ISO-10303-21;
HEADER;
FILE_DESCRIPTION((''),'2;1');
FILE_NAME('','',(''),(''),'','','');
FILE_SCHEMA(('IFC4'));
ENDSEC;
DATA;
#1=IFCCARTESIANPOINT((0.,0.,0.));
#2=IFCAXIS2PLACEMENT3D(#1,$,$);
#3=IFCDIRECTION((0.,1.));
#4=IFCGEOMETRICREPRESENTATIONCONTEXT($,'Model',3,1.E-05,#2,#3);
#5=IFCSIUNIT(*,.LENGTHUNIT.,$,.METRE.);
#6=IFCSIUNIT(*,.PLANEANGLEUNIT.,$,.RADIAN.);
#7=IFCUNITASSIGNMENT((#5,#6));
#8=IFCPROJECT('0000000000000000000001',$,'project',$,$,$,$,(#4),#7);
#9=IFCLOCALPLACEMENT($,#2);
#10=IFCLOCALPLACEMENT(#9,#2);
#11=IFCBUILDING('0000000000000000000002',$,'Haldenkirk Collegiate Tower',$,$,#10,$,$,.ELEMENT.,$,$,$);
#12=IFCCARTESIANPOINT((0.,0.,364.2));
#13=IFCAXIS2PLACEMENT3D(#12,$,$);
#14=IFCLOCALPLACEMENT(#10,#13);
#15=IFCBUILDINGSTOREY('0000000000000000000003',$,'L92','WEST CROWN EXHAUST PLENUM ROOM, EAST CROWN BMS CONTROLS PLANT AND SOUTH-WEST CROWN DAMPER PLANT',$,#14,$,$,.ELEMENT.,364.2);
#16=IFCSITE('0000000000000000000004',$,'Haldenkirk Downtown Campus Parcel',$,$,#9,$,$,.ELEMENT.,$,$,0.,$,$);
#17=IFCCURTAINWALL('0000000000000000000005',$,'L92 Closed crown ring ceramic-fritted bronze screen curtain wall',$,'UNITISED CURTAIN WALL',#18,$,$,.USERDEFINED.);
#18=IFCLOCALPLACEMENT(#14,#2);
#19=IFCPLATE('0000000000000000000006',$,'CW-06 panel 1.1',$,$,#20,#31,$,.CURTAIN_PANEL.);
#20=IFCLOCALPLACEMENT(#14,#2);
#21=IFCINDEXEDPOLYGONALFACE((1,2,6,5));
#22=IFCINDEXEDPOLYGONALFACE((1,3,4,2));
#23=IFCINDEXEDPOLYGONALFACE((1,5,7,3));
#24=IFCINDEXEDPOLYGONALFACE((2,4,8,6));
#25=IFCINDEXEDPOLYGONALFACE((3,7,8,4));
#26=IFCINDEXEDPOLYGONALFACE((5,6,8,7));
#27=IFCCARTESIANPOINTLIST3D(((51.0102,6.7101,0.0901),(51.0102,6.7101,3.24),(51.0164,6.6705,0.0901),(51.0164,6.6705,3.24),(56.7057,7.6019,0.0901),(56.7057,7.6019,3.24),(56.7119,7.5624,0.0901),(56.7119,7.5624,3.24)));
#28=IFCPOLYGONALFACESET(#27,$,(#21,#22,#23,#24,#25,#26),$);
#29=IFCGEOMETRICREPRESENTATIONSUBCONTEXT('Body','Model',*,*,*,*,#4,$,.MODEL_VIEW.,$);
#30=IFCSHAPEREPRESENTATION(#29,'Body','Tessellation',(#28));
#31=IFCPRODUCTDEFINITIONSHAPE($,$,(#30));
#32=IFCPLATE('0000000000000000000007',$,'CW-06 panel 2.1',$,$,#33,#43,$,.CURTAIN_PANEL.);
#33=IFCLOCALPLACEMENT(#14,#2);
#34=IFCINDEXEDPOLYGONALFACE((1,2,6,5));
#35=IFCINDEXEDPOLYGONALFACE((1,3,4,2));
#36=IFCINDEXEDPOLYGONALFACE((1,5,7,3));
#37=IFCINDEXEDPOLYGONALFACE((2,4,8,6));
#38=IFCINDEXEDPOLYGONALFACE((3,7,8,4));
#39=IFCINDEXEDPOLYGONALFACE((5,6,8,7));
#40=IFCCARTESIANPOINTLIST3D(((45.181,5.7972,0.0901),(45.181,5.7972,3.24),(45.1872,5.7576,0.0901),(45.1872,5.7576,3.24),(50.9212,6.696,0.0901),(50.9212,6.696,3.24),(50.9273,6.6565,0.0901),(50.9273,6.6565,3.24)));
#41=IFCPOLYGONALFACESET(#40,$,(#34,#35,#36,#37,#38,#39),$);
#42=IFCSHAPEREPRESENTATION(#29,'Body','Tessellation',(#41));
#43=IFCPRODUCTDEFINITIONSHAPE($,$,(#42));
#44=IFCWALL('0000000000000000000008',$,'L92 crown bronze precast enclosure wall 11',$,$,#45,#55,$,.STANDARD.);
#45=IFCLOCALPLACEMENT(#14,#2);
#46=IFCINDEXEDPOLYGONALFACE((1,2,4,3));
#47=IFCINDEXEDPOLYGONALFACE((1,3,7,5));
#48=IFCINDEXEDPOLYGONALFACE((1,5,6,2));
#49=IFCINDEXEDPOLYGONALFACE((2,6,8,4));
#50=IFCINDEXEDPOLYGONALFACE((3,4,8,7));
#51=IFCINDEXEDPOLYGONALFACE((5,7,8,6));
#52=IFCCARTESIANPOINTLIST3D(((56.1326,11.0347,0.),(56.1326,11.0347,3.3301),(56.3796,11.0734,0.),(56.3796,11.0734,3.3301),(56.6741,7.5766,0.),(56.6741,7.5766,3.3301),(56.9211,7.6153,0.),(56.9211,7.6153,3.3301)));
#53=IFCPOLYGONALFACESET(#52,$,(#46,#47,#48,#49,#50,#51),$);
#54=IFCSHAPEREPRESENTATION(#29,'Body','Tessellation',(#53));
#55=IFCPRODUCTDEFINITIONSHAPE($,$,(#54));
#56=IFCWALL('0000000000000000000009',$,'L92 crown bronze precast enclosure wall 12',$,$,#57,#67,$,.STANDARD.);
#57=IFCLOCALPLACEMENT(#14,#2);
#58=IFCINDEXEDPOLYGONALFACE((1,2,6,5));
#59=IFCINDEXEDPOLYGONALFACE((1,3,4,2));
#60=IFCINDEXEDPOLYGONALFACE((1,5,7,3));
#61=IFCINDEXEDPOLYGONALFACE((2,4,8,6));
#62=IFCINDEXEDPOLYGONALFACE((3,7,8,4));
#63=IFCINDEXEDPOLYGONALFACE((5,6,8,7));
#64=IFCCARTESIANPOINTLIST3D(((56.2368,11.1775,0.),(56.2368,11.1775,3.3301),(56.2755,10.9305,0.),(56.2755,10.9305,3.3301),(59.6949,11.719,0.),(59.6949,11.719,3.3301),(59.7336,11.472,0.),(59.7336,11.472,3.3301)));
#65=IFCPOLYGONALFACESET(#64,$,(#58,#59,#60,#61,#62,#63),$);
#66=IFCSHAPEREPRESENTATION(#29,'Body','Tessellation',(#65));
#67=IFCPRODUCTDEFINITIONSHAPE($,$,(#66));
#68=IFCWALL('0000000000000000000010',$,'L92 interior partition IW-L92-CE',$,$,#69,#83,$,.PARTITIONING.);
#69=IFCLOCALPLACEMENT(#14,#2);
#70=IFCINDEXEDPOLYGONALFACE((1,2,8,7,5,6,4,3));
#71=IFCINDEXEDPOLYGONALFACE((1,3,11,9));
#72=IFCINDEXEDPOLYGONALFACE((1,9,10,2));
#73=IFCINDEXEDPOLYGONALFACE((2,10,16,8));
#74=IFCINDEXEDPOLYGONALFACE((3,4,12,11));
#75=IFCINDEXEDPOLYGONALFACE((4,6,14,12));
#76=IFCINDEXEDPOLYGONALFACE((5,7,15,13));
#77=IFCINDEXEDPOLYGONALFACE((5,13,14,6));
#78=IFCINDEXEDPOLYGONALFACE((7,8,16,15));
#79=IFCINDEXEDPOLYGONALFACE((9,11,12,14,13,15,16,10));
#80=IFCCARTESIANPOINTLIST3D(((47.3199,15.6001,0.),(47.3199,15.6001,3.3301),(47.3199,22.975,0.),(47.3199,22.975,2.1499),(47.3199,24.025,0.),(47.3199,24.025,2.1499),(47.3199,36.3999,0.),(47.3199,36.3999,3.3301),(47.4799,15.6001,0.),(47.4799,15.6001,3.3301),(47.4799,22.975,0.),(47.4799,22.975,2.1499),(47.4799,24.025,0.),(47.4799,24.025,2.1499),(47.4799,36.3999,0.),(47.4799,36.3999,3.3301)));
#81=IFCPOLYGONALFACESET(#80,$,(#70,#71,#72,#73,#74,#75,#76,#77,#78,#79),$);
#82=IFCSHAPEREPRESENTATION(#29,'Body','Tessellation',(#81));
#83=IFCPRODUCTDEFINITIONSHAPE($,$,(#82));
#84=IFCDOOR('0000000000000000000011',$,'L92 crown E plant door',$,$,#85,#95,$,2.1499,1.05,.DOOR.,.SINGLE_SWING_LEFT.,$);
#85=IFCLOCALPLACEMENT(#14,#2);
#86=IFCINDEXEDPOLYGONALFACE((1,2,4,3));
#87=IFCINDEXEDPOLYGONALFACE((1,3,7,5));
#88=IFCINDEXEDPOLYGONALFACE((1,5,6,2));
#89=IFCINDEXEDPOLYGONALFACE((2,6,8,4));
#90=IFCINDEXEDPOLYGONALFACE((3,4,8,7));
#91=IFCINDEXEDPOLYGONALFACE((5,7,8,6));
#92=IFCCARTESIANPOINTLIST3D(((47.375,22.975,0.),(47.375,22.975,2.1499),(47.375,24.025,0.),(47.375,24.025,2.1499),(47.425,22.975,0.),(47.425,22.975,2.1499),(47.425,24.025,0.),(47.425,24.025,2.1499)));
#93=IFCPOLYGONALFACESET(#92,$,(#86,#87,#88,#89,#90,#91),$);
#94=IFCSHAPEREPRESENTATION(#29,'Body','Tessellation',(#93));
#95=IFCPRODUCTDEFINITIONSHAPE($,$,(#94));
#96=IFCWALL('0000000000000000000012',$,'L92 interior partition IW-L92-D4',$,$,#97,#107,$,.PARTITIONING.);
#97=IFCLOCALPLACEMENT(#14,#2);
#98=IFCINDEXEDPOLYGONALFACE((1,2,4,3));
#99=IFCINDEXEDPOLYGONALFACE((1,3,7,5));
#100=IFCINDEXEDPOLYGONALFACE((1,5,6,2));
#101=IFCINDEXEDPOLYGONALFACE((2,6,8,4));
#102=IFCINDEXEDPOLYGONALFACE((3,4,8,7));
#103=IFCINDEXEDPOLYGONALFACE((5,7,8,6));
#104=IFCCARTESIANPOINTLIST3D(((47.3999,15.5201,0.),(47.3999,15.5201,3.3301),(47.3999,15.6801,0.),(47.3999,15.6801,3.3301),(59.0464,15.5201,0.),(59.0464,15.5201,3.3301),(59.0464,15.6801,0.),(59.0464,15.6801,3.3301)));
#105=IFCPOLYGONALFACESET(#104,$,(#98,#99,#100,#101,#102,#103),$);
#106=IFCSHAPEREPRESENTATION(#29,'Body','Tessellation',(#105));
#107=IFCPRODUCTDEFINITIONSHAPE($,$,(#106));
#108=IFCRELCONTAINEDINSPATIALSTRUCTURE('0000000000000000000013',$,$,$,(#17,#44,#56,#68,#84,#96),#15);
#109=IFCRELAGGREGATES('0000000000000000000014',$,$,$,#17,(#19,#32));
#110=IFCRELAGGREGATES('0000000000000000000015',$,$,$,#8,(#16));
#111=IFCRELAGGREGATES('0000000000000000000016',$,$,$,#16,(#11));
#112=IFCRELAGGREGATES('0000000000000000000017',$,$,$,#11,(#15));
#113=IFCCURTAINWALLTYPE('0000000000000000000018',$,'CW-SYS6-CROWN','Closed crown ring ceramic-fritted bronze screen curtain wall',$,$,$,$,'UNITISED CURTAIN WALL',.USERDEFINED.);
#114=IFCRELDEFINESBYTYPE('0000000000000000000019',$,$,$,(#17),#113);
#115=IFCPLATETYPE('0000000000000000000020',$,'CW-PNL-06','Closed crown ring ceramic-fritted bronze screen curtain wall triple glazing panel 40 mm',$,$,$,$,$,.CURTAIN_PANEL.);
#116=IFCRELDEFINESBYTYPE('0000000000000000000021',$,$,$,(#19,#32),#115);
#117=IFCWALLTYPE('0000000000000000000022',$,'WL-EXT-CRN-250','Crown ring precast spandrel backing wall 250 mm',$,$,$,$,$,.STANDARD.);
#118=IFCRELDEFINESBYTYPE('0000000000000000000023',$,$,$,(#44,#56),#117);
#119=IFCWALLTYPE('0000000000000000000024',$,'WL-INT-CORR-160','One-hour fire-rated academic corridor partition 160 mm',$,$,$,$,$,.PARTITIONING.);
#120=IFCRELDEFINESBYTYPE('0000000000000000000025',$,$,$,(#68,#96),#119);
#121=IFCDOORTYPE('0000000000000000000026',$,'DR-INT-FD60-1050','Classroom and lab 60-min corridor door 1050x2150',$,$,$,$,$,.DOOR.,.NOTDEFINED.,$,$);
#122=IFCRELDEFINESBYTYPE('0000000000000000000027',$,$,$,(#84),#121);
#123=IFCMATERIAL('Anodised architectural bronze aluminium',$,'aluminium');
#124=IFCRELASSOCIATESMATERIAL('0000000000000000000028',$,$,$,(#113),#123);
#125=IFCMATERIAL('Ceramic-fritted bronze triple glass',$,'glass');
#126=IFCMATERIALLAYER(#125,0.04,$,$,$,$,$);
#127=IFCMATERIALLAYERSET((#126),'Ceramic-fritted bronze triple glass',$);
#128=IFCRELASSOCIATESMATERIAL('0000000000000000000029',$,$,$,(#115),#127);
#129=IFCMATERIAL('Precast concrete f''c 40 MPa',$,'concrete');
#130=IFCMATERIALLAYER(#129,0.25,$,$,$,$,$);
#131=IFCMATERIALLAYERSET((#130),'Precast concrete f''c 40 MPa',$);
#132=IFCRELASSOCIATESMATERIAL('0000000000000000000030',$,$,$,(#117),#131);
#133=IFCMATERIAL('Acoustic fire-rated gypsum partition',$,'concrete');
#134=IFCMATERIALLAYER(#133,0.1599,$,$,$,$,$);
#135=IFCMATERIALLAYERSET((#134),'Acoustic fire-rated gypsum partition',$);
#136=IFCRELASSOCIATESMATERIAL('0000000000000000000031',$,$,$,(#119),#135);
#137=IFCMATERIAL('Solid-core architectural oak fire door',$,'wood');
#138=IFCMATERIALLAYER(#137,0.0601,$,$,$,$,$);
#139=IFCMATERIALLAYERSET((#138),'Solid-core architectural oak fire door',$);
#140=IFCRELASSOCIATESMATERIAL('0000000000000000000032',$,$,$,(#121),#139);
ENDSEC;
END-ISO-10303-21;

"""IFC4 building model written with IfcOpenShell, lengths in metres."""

from ifc_helpers import new_model, si_unit, direction, frame, frame_2d, origin, origin_2d, place, context, subcontext, project, spatial, rectangle, extrude, source, transform, mapped, material, layer, layer_set, type_object, element, fill, aggregate, save


model = new_model("IFC4")

# Units and contexts
model_context = context("Model", 3, precision=1e-05, world=origin(), true_north=direction((0.0, 1.0)))
body_context = subcontext(model_context, "Body", "Model", "MODEL_VIEW")
ifc_project = project(units=[si_unit("LENGTHUNIT", "METRE"), si_unit("PLANEANGLEUNIT", "RADIAN")], contexts=[model_context])

# Site, building, storey
site_placement = place(None, origin())
site = spatial("IfcSite", under=ifc_project, at=site_placement, Name="Haldenkirk Downtown Campus Parcel", CompositionType="ELEMENT", RefElevation=0.0)
building_placement = place(site_placement, origin())
building = spatial("IfcBuilding", under=site, at=building_placement, Name="Haldenkirk Collegiate Tower", CompositionType="ELEMENT")
storey_placement = place(building_placement, frame((0.0, 0.0, 364.2)))
storey = spatial("IfcBuildingStorey", under=building, at=storey_placement, Name="L92", Description="WEST CROWN EXHAUST PLENUM ROOM, EAST CROWN BMS CONTROLS PLANT AND SOUTH-WEST CROWN DAMPER PLANT", CompositionType="ELEMENT", Elevation=364.2)

# Curtain wall
ifc_material_1 = material(Name="Anodised architectural bronze aluminium", Category="aluminium")
curtain_wall_type = type_object("IfcCurtainWallType", Name="CW-SYS6-CROWN", Description="Closed crown ring ceramic-fritted bronze screen curtain wall", ElementType="UNITISED CURTAIN WALL", PredefinedType="USERDEFINED", material=ifc_material_1)
curtain_wall_1_placement = place(storey_placement, origin())
curtain_wall_1 = element("IfcCurtainWall", 1, at=curtain_wall_1_placement, inside=storey, type_object=curtain_wall_type, Name="L92 Closed crown ring ceramic-fritted bronze screen curtain wall", ObjectType="UNITISED CURTAIN WALL", PredefinedType="USERDEFINED")

# Plates
ifc_material_2 = material(Name="Ceramic-fritted bronze triple glass", Category="glass")
ifc_layer_1 = layer(ifc_material_2, 0.04)
ifc_layer_set_1 = layer_set([ifc_layer_1], Name="Ceramic-fritted bronze triple glass")
plate_type_1 = type_object("IfcPlateType", Name="CW-PNL-06", Description="Closed crown ring ceramic-fritted bronze screen curtain wall triple glazing panel 40 mm", PredefinedType="CURTAIN_PANEL", material=ifc_layer_set_1)
shared_shape_1 = source(origin(), body_context, "Body", "SweptSolid", [
    extrude(rectangle(XDim=5.7649, YDim=0.04, at=origin_2d()), origin(), (0.0, 0.0, 1.0), 3.1499),
])
plate_1_placement = place(storey_placement, frame((53.8611, 7.1362, 0.0901), z_axis=(0.0, 0.0, 1.0), x_axis=(-0.98796, -0.154709, 0.0)))
plate_1 = element("IfcPlate", 2, at=plate_1_placement, type_object=plate_type_1, Name="CW-06 panel 1.1", PredefinedType="CURTAIN_PANEL", context=body_context, shape_type="MappedRepresentation", body=[
    mapped(shared_shape_1, transform((0.0, 0.0, 0.0), x_axis=(1.0, 0.0, 0.0), y_axis=(0.0, 1.0, 0.0), z_axis=(0.0, 0.0, 1.0), scale=1.0)),
])
shared_shape_2 = source(origin(), body_context, "Body", "SweptSolid", [
    extrude(rectangle(XDim=5.8101, YDim=0.04, at=origin_2d()), origin(), (0.0, 0.0, 1.0), 3.1499),
])
plate_2_placement = place(storey_placement, frame((48.0542, 6.2268, 0.0901), z_axis=(0.0, 0.0, 1.0), x_axis=(-0.98796, -0.154709, 0.0)))
plate_2 = element("IfcPlate", 3, at=plate_2_placement, type_object=plate_type_1, Name="CW-06 panel 2.1", PredefinedType="CURTAIN_PANEL", context=body_context, shape_type="MappedRepresentation", body=[
    mapped(shared_shape_2, transform((0.0, 0.0, 0.0), x_axis=(1.0, 0.0, 0.0), y_axis=(0.0, 1.0, 0.0), z_axis=(0.0, 0.0, 1.0), scale=1.0)),
])
aggregate(curtain_wall_1, [plate_1, plate_2])

# Walls
ifc_material_3 = material(Name="Precast concrete f'c 40 MPa", Category="concrete")
ifc_layer_2 = layer(ifc_material_3, 0.25)
ifc_layer_set_2 = layer_set([ifc_layer_2], Name="Precast concrete f'c 40 MPa")
wall_type_1 = type_object("IfcWallType", Name="WL-EXT-CRN-250", Description="Crown ring precast spandrel backing wall 250 mm", PredefinedType="STANDARD", material=ifc_layer_set_2)
for number, where, z_axis, x_axis, name in (
    (4, (56.2561, 11.054, 0.0), (0.0, 0.0, 1.0), (0.154709, -0.98796, 0.0), "L92 crown bronze precast enclosure wall 11"),
    (5, (59.7141, 11.5955, 0.0), (0.0, 0.0, 1.0), (-0.98796, -0.154709, 0.0), "L92 crown bronze precast enclosure wall 12"),
):
    element("IfcWall", number, at=place(storey_placement, frame(where, z_axis=z_axis, x_axis=x_axis)), inside=storey, type_object=wall_type_1, Name=name, PredefinedType="STANDARD", context=body_context, shape_type="SweptSolid", body=[
        extrude(rectangle(XDim=3.5002, YDim=0.25, at=frame_2d((1.75, 0.0))), origin(), (0.0, 0.0, 1.0), 3.3301),
    ])

# Wall, opening, door
ifc_material_4 = material(Name="Acoustic fire-rated gypsum partition", Category="concrete")
ifc_layer_3 = layer(ifc_material_4, 0.1599)
ifc_layer_set_3 = layer_set([ifc_layer_3], Name="Acoustic fire-rated gypsum partition")
wall_type_2 = type_object("IfcWallType", Name="WL-INT-CORR-160", Description="One-hour fire-rated academic corridor partition 160 mm", PredefinedType="PARTITIONING", material=ifc_layer_set_3)
wall_1_placement = place(storey_placement, frame((47.3999, 15.6001, 0.0), z_axis=(0.0, 0.0, 1.0), x_axis=(0.0, 1.0, 0.0)))
wall_1 = element("IfcWall", 6, at=wall_1_placement, inside=storey, type_object=wall_type_2, Name="L92 interior partition IW-L92-CE", PredefinedType="PARTITIONING", context=body_context, shape_type="SweptSolid", body=[
    extrude(rectangle(XDim=20.7998, YDim=0.1599, at=frame_2d((10.3999, 0.0))), origin(), (0.0, 0.0, 1.0), 3.3301),
])
opening_placement = place(wall_1_placement, frame((7.375, 0.0, 0.0)))
opening = element("IfcOpeningElement", 7, at=opening_placement, cuts=wall_1, PredefinedType="OPENING", context=body_context, shape_type="SweptSolid", body=[
    extrude(rectangle(XDim=1.05, YDim=2.1499, at=frame_2d((0.5249, 1.075))), frame((0.0, 0.0898, 0.0), z_axis=(0.0, -1.0, 0.0), x_axis=(1.0, 0.0, 0.0)), (0.0, 0.0, 1.0), 0.1799),
])
ifc_material_5 = material(Name="Solid-core architectural oak fire door", Category="wood")
ifc_layer_4 = layer(ifc_material_5, 0.0601)
ifc_layer_set_4 = layer_set([ifc_layer_4], Name="Solid-core architectural oak fire door")
door_type = type_object("IfcDoorType", Name="DR-INT-FD60-1050", Description="Classroom and lab 60-min corridor door 1050x2150", OperationType="NOTDEFINED", PredefinedType="DOOR", material=ifc_layer_set_4)
door_placement = place(opening_placement, origin())
door = element("IfcDoor", 8, at=door_placement, inside=storey, type_object=door_type, Name="L92 crown E plant door", OperationType="SINGLE_SWING_LEFT", OverallHeight=2.1499, OverallWidth=1.05, PredefinedType="DOOR", context=body_context, shape_type="SweptSolid", body=[
    extrude(rectangle(XDim=1.05, YDim=2.1499, at=frame_2d((0.5249, 1.075))), frame((0.0, 0.0249, 0.0), z_axis=(0.0, -1.0, 0.0), x_axis=(1.0, 0.0, 0.0)), (0.0, 0.0, 1.0), 0.05),
])
fill(opening, door)

# Wall
wall_2_placement = place(storey_placement, frame((47.3999, 15.6001, 0.0), z_axis=(0.0, 0.0, 1.0), x_axis=(1.0, 0.0, 0.0)))
element("IfcWall", 9, at=wall_2_placement, inside=storey, type_object=wall_type_2, Name="L92 interior partition IW-L92-D4", PredefinedType="PARTITIONING", context=body_context, shape_type="SweptSolid", body=[
    extrude(rectangle(XDim=11.6465, YDim=0.1599, at=frame_2d((5.8232, 0.0))), origin(), (0.0, 0.0, 1.0), 3.3301),
])

save(model, "model.ifc")
